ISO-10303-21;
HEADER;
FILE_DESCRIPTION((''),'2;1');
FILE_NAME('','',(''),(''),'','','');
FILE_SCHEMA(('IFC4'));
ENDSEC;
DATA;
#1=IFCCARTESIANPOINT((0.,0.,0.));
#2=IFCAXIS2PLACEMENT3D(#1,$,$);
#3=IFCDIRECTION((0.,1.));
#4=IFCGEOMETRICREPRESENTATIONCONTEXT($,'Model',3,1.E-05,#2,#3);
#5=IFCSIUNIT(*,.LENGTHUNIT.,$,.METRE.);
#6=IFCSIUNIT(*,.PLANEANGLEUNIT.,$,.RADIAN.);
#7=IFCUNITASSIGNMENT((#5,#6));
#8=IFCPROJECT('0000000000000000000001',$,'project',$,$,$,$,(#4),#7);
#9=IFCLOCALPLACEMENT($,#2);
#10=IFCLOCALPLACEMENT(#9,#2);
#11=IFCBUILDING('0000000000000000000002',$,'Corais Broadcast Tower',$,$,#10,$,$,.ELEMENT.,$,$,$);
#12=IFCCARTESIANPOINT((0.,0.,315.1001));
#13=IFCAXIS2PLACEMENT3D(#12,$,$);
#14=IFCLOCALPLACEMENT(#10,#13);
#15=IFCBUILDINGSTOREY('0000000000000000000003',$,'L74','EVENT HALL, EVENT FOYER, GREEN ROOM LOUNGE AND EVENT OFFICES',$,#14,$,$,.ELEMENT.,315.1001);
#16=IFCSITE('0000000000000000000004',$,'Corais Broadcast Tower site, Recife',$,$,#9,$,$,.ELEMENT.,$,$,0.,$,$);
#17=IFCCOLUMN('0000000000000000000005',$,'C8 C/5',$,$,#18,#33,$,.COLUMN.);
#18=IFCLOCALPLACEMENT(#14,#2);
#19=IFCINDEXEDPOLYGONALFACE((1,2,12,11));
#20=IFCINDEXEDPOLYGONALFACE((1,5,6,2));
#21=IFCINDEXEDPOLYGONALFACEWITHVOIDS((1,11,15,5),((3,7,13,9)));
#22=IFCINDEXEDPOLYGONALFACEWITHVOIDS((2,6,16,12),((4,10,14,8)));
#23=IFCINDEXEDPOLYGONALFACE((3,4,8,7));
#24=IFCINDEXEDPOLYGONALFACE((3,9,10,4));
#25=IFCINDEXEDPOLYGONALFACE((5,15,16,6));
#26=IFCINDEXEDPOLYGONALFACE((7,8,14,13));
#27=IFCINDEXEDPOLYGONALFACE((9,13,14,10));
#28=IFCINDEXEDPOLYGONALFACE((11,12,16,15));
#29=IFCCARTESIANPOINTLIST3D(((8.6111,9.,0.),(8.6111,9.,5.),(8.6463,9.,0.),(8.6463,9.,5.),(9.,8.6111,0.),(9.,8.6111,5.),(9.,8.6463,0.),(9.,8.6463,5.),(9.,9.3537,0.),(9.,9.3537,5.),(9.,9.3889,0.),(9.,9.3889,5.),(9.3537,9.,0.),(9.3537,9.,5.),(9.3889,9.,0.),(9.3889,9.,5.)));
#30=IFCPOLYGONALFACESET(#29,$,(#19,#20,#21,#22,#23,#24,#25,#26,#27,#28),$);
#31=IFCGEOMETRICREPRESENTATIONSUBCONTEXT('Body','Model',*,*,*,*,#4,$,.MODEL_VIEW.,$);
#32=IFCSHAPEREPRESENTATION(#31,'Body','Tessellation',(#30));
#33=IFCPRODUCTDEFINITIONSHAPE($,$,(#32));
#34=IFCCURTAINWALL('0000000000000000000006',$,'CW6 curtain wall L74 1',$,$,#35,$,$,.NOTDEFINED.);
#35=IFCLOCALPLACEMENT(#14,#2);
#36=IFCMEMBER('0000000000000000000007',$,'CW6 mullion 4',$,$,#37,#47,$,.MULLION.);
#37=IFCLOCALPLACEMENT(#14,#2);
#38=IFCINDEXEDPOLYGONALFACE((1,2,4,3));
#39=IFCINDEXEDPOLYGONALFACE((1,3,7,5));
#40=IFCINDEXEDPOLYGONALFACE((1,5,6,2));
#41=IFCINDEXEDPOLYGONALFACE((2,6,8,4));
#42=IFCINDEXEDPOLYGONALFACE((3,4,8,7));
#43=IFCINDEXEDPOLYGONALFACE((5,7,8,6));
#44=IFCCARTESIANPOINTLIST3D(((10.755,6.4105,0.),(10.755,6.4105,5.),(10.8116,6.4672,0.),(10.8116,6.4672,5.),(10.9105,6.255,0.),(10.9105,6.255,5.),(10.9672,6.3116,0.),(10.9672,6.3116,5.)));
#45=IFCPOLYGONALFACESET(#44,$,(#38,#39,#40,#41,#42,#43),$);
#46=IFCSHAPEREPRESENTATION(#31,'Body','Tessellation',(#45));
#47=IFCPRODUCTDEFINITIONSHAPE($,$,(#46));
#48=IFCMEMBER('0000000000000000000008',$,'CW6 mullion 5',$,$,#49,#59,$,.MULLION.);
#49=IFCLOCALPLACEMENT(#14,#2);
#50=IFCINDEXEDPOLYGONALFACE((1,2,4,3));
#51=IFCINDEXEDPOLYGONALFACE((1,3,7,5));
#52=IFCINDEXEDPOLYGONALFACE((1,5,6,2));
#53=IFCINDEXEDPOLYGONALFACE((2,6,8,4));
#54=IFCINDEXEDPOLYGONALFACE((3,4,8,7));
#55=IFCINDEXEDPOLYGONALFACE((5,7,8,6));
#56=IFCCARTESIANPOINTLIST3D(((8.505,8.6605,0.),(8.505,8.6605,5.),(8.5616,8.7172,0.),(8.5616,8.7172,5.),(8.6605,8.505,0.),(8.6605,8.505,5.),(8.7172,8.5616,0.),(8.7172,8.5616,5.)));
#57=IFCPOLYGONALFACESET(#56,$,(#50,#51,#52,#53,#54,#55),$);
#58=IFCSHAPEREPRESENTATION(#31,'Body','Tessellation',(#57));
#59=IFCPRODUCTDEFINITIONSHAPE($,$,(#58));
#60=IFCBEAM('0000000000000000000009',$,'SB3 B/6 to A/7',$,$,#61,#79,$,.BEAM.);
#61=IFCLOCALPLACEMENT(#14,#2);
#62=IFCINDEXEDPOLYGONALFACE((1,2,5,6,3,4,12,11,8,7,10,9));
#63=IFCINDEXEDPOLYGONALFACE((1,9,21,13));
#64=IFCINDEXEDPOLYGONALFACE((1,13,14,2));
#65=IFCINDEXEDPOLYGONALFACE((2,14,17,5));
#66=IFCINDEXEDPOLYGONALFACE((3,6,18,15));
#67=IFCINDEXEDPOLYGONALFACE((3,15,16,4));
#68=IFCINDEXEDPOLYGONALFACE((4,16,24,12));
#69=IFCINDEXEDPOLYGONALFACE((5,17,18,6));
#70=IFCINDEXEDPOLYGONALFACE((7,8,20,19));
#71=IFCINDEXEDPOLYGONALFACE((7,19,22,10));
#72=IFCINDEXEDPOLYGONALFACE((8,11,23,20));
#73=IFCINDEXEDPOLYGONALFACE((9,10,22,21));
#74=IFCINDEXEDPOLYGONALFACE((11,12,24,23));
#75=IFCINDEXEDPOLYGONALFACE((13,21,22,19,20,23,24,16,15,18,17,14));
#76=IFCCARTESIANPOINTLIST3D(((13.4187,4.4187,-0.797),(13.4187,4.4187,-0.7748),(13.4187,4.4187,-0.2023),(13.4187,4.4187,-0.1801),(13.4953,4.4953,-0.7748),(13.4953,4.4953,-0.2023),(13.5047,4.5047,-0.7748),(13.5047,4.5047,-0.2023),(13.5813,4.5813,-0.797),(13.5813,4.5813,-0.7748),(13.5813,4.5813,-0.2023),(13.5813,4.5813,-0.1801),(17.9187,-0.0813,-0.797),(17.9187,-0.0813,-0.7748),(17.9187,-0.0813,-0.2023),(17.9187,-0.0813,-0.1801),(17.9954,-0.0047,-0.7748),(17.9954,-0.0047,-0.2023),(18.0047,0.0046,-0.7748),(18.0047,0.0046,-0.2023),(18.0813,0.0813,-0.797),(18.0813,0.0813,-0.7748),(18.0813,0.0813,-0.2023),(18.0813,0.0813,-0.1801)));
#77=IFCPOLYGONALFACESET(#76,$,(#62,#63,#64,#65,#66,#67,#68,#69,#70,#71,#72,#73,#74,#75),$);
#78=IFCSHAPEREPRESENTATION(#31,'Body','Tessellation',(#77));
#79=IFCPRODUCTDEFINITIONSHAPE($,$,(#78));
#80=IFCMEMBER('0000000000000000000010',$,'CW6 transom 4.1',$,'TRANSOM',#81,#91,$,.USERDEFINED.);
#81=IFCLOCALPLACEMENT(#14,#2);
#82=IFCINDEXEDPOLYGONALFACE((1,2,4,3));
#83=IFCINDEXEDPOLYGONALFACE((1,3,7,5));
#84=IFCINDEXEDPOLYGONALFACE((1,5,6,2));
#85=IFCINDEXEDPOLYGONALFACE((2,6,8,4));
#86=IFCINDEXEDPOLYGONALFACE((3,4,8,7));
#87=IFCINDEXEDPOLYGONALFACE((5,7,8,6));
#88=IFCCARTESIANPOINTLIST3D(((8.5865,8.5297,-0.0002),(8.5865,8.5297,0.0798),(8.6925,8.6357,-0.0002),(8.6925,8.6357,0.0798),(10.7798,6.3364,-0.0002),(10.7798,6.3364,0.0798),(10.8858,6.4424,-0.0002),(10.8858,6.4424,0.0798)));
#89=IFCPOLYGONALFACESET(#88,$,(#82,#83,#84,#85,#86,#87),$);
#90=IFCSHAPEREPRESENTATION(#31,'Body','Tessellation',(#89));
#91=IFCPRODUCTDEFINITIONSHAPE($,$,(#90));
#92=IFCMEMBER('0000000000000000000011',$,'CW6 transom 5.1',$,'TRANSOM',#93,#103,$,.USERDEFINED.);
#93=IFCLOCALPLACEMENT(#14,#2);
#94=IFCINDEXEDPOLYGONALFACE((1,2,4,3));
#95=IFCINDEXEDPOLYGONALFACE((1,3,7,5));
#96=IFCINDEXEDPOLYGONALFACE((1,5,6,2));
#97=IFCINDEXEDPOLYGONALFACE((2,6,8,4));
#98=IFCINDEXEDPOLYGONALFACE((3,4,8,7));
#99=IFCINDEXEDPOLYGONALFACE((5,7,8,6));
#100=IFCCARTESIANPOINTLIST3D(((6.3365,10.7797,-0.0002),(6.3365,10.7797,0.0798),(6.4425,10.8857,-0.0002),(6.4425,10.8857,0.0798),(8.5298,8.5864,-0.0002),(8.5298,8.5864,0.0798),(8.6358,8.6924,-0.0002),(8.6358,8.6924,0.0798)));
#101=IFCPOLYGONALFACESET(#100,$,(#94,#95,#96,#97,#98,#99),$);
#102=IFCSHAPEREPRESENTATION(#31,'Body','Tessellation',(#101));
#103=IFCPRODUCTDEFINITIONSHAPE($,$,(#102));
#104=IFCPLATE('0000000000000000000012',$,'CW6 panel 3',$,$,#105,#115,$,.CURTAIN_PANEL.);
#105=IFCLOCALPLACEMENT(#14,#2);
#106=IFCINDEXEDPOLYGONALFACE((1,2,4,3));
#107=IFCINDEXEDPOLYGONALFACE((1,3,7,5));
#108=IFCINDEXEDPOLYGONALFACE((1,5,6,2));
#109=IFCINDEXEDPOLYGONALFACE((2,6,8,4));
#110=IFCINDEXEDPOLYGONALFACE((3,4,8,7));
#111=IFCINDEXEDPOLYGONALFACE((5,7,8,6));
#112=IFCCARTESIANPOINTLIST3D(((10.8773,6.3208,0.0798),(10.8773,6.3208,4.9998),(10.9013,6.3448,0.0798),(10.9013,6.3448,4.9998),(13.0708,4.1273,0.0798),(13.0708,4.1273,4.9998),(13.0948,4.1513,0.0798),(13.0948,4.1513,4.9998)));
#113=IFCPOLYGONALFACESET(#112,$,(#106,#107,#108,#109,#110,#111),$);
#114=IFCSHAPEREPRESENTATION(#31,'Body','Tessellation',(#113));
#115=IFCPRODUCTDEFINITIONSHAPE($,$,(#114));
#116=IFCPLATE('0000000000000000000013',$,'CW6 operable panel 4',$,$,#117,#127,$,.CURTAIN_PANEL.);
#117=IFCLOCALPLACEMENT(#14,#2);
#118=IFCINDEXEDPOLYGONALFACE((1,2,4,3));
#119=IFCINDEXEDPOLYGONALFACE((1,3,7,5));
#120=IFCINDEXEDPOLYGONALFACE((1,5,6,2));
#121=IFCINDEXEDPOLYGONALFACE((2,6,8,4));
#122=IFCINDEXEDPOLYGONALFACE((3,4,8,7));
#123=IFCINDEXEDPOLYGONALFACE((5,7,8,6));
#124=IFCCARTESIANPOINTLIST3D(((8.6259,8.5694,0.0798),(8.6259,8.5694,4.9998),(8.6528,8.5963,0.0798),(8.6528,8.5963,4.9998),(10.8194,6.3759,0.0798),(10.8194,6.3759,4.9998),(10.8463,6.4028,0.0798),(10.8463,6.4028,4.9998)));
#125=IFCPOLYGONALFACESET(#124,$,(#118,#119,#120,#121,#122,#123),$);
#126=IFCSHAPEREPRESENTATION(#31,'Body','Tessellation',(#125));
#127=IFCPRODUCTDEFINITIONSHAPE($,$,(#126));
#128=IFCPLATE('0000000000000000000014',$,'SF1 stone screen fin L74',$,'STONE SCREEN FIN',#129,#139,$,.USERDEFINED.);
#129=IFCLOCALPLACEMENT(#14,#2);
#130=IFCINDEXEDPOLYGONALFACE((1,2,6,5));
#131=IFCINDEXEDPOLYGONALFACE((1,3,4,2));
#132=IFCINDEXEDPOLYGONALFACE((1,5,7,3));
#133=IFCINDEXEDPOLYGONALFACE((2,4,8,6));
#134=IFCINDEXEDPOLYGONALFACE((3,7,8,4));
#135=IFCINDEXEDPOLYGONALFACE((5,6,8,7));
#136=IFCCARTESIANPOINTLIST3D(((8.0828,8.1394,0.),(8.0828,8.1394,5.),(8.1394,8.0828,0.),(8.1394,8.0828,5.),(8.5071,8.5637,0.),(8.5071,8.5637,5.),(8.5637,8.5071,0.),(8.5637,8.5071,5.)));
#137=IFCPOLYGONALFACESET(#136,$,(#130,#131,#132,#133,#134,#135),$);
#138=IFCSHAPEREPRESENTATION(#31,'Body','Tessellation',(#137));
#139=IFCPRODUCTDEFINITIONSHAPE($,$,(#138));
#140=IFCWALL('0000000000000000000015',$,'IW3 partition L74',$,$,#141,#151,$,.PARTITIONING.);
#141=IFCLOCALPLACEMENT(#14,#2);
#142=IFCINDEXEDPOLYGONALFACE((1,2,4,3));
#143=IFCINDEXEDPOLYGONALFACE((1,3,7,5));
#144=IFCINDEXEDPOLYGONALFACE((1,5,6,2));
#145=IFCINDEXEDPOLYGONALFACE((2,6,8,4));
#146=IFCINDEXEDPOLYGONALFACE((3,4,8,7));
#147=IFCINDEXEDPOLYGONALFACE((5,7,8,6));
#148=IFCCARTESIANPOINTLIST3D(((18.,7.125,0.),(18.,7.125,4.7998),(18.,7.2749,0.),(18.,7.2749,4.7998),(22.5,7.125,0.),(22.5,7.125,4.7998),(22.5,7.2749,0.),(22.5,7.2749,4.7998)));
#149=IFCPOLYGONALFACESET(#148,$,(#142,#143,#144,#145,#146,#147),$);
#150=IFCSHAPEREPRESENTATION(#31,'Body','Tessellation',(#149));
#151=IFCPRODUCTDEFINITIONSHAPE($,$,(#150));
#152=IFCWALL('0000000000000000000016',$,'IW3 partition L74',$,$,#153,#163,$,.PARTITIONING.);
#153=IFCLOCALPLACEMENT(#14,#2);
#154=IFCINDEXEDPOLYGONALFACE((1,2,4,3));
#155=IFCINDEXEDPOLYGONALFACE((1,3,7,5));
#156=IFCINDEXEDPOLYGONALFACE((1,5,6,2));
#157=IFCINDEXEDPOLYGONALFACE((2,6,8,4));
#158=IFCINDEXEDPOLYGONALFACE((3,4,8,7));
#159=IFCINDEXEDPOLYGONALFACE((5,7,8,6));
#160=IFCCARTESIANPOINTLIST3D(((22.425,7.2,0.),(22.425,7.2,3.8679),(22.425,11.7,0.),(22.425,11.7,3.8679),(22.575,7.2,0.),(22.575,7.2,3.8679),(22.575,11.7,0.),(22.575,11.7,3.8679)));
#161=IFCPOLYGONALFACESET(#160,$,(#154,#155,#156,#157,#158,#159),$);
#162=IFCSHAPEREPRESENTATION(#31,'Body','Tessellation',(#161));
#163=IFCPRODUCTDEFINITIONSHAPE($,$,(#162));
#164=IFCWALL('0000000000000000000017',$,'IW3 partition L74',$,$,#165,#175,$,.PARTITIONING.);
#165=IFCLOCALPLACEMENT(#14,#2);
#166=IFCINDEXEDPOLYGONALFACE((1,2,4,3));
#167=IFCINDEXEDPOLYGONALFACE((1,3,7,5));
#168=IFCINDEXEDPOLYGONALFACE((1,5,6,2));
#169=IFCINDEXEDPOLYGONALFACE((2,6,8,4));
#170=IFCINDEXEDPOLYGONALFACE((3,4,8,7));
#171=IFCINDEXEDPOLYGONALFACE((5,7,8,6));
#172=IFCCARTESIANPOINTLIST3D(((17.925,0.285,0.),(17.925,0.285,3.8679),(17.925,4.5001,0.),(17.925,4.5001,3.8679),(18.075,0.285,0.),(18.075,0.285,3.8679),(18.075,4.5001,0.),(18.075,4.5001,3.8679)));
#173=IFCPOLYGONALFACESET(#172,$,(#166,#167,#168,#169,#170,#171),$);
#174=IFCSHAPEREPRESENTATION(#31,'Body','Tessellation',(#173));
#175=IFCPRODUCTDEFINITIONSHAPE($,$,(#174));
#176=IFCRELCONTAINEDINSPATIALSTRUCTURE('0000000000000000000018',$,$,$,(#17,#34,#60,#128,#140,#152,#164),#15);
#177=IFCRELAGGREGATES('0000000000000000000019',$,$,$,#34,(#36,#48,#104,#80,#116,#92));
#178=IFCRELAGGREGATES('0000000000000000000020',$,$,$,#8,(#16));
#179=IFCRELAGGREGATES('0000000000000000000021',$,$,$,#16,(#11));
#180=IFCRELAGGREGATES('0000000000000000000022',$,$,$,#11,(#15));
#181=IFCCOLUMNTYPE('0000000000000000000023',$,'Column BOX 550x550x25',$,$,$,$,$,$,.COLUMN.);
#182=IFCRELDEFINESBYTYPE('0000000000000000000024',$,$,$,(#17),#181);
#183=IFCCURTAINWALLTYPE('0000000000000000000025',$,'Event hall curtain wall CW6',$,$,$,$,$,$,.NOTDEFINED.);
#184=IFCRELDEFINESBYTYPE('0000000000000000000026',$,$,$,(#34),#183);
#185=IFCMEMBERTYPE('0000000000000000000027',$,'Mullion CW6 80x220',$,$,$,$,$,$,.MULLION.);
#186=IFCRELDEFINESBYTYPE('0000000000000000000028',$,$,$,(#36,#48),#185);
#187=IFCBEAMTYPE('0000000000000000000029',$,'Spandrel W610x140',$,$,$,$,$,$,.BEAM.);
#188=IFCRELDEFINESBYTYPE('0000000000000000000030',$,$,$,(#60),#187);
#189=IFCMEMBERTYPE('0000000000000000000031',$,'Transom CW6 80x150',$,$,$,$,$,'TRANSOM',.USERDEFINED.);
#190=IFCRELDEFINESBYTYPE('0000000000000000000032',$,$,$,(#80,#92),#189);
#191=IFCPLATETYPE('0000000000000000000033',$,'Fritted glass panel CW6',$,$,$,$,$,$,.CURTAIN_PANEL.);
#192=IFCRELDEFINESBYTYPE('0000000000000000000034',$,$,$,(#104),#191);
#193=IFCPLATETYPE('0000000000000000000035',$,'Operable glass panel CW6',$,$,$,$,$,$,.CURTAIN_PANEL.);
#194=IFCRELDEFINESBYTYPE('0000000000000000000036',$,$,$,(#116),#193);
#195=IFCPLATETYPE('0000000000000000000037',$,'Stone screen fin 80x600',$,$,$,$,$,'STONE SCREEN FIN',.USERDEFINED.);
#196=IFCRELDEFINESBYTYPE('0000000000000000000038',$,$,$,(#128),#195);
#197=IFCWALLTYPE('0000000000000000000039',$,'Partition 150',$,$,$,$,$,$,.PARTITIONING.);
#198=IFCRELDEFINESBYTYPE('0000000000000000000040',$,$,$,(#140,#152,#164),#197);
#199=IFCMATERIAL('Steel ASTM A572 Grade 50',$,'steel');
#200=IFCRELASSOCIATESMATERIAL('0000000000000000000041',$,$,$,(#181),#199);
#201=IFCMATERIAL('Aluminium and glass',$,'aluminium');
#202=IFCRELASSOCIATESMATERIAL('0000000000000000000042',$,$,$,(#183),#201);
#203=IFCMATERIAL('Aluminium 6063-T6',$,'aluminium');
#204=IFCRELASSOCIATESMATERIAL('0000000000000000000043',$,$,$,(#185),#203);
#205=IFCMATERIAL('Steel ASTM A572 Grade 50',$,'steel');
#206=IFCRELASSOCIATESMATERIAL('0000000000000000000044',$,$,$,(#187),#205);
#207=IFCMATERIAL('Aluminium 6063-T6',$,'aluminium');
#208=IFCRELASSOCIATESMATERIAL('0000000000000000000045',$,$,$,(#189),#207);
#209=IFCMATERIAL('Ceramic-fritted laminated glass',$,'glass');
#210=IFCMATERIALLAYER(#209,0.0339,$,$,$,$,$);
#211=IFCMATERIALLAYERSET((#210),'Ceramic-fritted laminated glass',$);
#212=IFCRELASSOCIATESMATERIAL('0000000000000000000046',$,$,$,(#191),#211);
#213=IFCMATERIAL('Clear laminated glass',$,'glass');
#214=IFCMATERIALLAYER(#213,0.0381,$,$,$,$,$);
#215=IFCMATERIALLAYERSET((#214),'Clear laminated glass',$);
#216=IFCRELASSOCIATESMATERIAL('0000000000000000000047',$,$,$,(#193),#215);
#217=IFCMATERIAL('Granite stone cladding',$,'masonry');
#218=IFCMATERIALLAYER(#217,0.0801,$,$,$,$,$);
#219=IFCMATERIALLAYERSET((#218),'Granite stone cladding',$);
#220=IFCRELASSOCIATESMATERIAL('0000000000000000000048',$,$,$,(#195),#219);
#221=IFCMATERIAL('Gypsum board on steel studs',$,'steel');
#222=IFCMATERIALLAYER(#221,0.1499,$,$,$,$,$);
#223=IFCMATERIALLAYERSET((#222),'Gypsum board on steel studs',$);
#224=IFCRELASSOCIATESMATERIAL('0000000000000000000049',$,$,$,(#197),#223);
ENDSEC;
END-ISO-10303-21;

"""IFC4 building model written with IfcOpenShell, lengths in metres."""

from ifc_helpers import new_model, si_unit, direction, frame, frame_2d, origin, origin_2d, place, context, subcontext, project, spatial, rectangle, hollow_rectangle, i_section, extrude, material, layer, layer_set, material_profile, profile_set, type_object, element, aggregate, save


model = new_model("IFC4")

# Units and contexts
model_context = context("Model", 3, precision=1e-05, world=origin(), true_north=direction((0.0, 1.0)))
body_context = subcontext(model_context, "Body", "Model", "MODEL_VIEW")
ifc_project = project(units=[si_unit("LENGTHUNIT", "METRE"), si_unit("PLANEANGLEUNIT", "RADIAN")], contexts=[model_context])

# Site, building, storey
site_placement = place(None, origin())
site = spatial("IfcSite", under=ifc_project, at=site_placement, Name="Corais Broadcast Tower site, Recife", CompositionType="ELEMENT", RefElevation=0.0)
building_placement = place(site_placement, origin())
building = spatial("IfcBuilding", under=site, at=building_placement, Name="Corais Broadcast Tower", CompositionType="ELEMENT")
storey_placement = place(building_placement, frame((0.0, 0.0, 315.1001)))
storey = spatial("IfcBuildingStorey", under=building, at=storey_placement, Name="L74", Description="EVENT HALL, EVENT FOYER, GREEN ROOM LOUNGE AND EVENT OFFICES", CompositionType="ELEMENT", Elevation=315.1001)

# Column
ifc_material_1 = material(Name="Steel ASTM A572 Grade 50", Category="steel")
ifc_material_profile_1 = material_profile(ifc_material_1, hollow_rectangle(XDim=0.55, YDim=0.55, WallThickness=0.0249, at=origin_2d()), Name="BOX 550x550x25")
ifc_profile_set_1 = profile_set([ifc_material_profile_1], Name="Steel ASTM A572 Grade 50")
column_type = type_object("IfcColumnType", Name="Column BOX 550x550x25", PredefinedType="COLUMN", material=ifc_profile_set_1)
column_placement = place(storey_placement, frame((9.0, 9.0, 0.0), z_axis=(0.0, 0.0, 1.0), x_axis=(0.707107, 0.707107, 0.0)))
element("IfcColumn", 1, at=column_placement, inside=storey, type_object=column_type, Name="C8 C/5", PredefinedType="COLUMN", context=body_context, shape_type="SweptSolid", body=[
    extrude(hollow_rectangle(XDim=0.55, YDim=0.55, WallThickness=0.0249, at=origin_2d()), origin(), (0.0, 0.0, 1.0), 5.0),
])

# Curtain wall, members
ifc_material_2 = material(Name="Aluminium and glass", Category="aluminium")
curtain_wall_type = type_object("IfcCurtainWallType", Name="Event hall curtain wall CW6", PredefinedType="NOTDEFINED", material=ifc_material_2)
curtain_wall_placement = place(storey_placement, origin())
curtain_wall = element("IfcCurtainWall", 2, at=curtain_wall_placement, inside=storey, type_object=curtain_wall_type, Name="CW6 curtain wall L74 1", PredefinedType="NOTDEFINED")
ifc_material_3 = material(Name="Aluminium 6063-T6", Category="aluminium")
ifc_material_profile_2 = material_profile(ifc_material_3, rectangle(XDim=0.0801, YDim=0.22, at=origin_2d()), Name="Mullion CW6 80x220")
ifc_profile_set_2 = profile_set([ifc_material_profile_2], Name="Aluminium 6063-T6")
member_type_1 = type_object("IfcMemberType", Name="Mullion CW6 80x220", PredefinedType="MULLION", material=ifc_profile_set_2)
member_1_placement = place(storey_placement, frame((10.8611, 6.3611, 0.0), z_axis=(0.0, 0.0, 1.0), x_axis=(-0.707107, -0.707107, 0.0)))
member_1 = element("IfcMember", 3, at=member_1_placement, type_object=member_type_1, Name="CW6 mullion 4", PredefinedType="MULLION", context=body_context, shape_type="SweptSolid", body=[
    extrude(rectangle(XDim=0.0801, YDim=0.22, at=origin_2d()), origin(), (0.0, 0.0, 1.0), 5.0),
])
member_2_placement = place(storey_placement, frame((8.6111, 8.6111, 0.0), z_axis=(0.0, 0.0, 1.0), x_axis=(-0.707107, -0.707107, 0.0)))
member_2 = element("IfcMember", 4, at=member_2_placement, type_object=member_type_1, Name="CW6 mullion 5", PredefinedType="MULLION", context=body_context, shape_type="SweptSolid", body=[
    extrude(rectangle(XDim=0.0801, YDim=0.22, at=origin_2d()), origin(), (0.0, 0.0, 1.0), 5.0),
])

# Beam
ifc_material_4 = material(Name="Steel ASTM A572 Grade 50", Category="steel")
ifc_material_profile_3 = material_profile(ifc_material_4, i_section(OverallWidth=0.23, OverallDepth=0.6169, WebThickness=0.0132, FlangeThickness=0.0222, at=origin_2d()), Name="W610x140")
ifc_profile_set_3 = profile_set([ifc_material_profile_3], Name="Steel ASTM A572 Grade 50")
beam_type = type_object("IfcBeamType", Name="Spandrel W610x140", PredefinedType="BEAM", material=ifc_profile_set_3)
beam_placement = place(storey_placement, frame((13.5, 4.5, -0.4885), z_axis=(0.707107, -0.707107, 0.0), x_axis=(0.707107, 0.707107, 0.0)))
element("IfcBeam", 5, at=beam_placement, inside=storey, type_object=beam_type, Name="SB3 B/6 to A/7", PredefinedType="BEAM", context=body_context, shape_type="SweptSolid", body=[
    extrude(i_section(OverallWidth=0.23, OverallDepth=0.6169, WebThickness=0.0132, FlangeThickness=0.0222, at=origin_2d()), origin(), (0.0, 0.0, 1.0), 6.364),
])

# Members
ifc_material_5 = material(Name="Aluminium 6063-T6", Category="aluminium")
ifc_material_profile_4 = material_profile(ifc_material_5, rectangle(XDim=0.1499, YDim=0.0801, at=origin_2d()), Name="Transom CW6 80x150")
ifc_profile_set_4 = profile_set([ifc_material_profile_4], Name="Aluminium 6063-T6")
member_type_2 = type_object("IfcMemberType", Name="Transom CW6 80x150", ElementType="TRANSOM", PredefinedType="USERDEFINED", material=ifc_profile_set_4)
member_3_placement = place(storey_placement, frame((10.8328, 6.3894, 0.0398), z_axis=(-0.707107, 0.707107, 0.0), x_axis=(-0.707107, -0.707107, 0.0)))
member_3 = element("IfcMember", 6, at=member_3_placement, type_object=member_type_2, Name="CW6 transom 4.1", ObjectType="TRANSOM", PredefinedType="USERDEFINED", context=body_context, shape_type="SweptSolid", body=[
    extrude(rectangle(XDim=0.1499, YDim=0.0801, at=origin_2d()), origin(), (0.0, 0.0, 1.0), 3.1018),
])
member_4_placement = place(storey_placement, frame((8.5828, 8.6394, 0.0398), z_axis=(-0.707107, 0.707107, 0.0), x_axis=(-0.707107, -0.707107, 0.0)))
member_4 = element("IfcMember", 7, at=member_4_placement, type_object=member_type_2, Name="CW6 transom 5.1", ObjectType="TRANSOM", PredefinedType="USERDEFINED", context=body_context, shape_type="SweptSolid", body=[
    extrude(rectangle(XDim=0.1499, YDim=0.0801, at=origin_2d()), origin(), (0.0, 0.0, 1.0), 3.1018),
])

# Plates
ifc_material_6 = material(Name="Ceramic-fritted laminated glass", Category="glass")
ifc_layer_1 = layer(ifc_material_6, 0.0339)
ifc_layer_set_1 = layer_set([ifc_layer_1], Name="Ceramic-fritted laminated glass")
plate_type_1 = type_object("IfcPlateType", Name="Fritted glass panel CW6", PredefinedType="CURTAIN_PANEL", material=ifc_layer_set_1)
plate_1_placement = place(storey_placement, frame((11.9861, 5.2361, 0.0798), z_axis=(0.0, 0.0, 1.0), x_axis=(-0.707107, 0.707107, 0.0)))
plate_1 = element("IfcPlate", 8, at=plate_1_placement, type_object=plate_type_1, Name="CW6 panel 3", PredefinedType="CURTAIN_PANEL", context=body_context, shape_type="SweptSolid", body=[
    extrude(rectangle(XDim=3.1021, YDim=0.0339, at=origin_2d()), origin(), (0.0, 0.0, 1.0), 4.9199),
])
ifc_material_7 = material(Name="Clear laminated glass", Category="glass")
ifc_layer_2 = layer(ifc_material_7, 0.0381)
ifc_layer_set_2 = layer_set([ifc_layer_2], Name="Clear laminated glass")
plate_type_2 = type_object("IfcPlateType", Name="Operable glass panel CW6", PredefinedType="CURTAIN_PANEL", material=ifc_layer_set_2)
plate_2_placement = place(storey_placement, frame((9.7361, 7.4861, 0.0798), z_axis=(0.0, 0.0, 1.0), x_axis=(-0.707107, 0.707107, 0.0)))
plate_2 = element("IfcPlate", 9, at=plate_2_placement, type_object=plate_type_2, Name="CW6 operable panel 4", PredefinedType="CURTAIN_PANEL", context=body_context, shape_type="SweptSolid", body=[
    extrude(rectangle(XDim=3.1021, YDim=0.0381, at=origin_2d()), origin(), (0.0, 0.0, 1.0), 4.9199),
])
aggregate(curtain_wall, [member_1, member_2, plate_1, member_3, plate_2, member_4])
ifc_material_8 = material(Name="Granite stone cladding", Category="masonry")
ifc_layer_3 = layer(ifc_material_8, 0.0801)
ifc_layer_set_3 = layer_set([ifc_layer_3], Name="Granite stone cladding")
plate_type_3 = type_object("IfcPlateType", Name="Stone screen fin 80x600", ElementType="STONE SCREEN FIN", PredefinedType="USERDEFINED", material=ifc_layer_set_3)
plate_3_placement = place(storey_placement, frame((8.3232, 8.3232, 0.0), z_axis=(0.0, 0.0, 1.0), x_axis=(-0.707107, 0.707107, 0.0)))
element("IfcPlate", 10, at=plate_3_placement, inside=storey, type_object=plate_type_3, Name="SF1 stone screen fin L74", ObjectType="STONE SCREEN FIN", PredefinedType="USERDEFINED", context=body_context, shape_type="SweptSolid", body=[
    extrude(rectangle(XDim=0.0801, YDim=0.6001, at=origin_2d()), origin(), (0.0, 0.0, 1.0), 5.0),
])

# Walls
ifc_material_9 = material(Name="Gypsum board on steel studs", Category="steel")
ifc_layer_4 = layer(ifc_material_9, 0.1499)
ifc_layer_set_4 = layer_set([ifc_layer_4], Name="Gypsum board on steel studs")
wall_type = type_object("IfcWallType", Name="Partition 150", PredefinedType="PARTITIONING", material=ifc_layer_set_4)
wall_1_placement = place(storey_placement, frame((18.0, 7.2, 0.0), z_axis=(0.0, 0.0, 1.0), x_axis=(1.0, 0.0, 0.0)))
element("IfcWall", 11, at=wall_1_placement, inside=storey, type_object=wall_type, Name="IW3 partition L74", PredefinedType="PARTITIONING", context=body_context, shape_type="SweptSolid", body=[
    extrude(rectangle(XDim=4.5, YDim=0.1499, at=frame_2d((2.25, 0.0))), origin(), (0.0, 0.0, 1.0), 4.7998),
])
wall_2_placement = place(storey_placement, frame((22.5, 7.2, 0.0), z_axis=(0.0, 0.0, 1.0), x_axis=(0.0, 1.0, 0.0)))
element("IfcWall", 12, at=wall_2_placement, inside=storey, type_object=wall_type, Name="IW3 partition L74", PredefinedType="PARTITIONING", context=body_context, shape_type="SweptSolid", body=[
    extrude(rectangle(XDim=4.5, YDim=0.1499, at=frame_2d((2.25, 0.0))), origin(), (0.0, 0.0, 1.0), 3.8679),
])
wall_3_placement = place(storey_placement, frame((18.0, 4.5, 0.0), z_axis=(0.0, 0.0, 1.0), x_axis=(0.0, -1.0, 0.0)))
element("IfcWall", 13, at=wall_3_placement, inside=storey, type_object=wall_type, Name="IW3 partition L74", PredefinedType="PARTITIONING", context=body_context, shape_type="SweptSolid", body=[
    extrude(rectangle(XDim=4.2151, YDim=0.1499, at=frame_2d((2.1074, 0.0))), origin(), (0.0, 0.0, 1.0), 3.8679),
])

save(model, "model.ifc")
